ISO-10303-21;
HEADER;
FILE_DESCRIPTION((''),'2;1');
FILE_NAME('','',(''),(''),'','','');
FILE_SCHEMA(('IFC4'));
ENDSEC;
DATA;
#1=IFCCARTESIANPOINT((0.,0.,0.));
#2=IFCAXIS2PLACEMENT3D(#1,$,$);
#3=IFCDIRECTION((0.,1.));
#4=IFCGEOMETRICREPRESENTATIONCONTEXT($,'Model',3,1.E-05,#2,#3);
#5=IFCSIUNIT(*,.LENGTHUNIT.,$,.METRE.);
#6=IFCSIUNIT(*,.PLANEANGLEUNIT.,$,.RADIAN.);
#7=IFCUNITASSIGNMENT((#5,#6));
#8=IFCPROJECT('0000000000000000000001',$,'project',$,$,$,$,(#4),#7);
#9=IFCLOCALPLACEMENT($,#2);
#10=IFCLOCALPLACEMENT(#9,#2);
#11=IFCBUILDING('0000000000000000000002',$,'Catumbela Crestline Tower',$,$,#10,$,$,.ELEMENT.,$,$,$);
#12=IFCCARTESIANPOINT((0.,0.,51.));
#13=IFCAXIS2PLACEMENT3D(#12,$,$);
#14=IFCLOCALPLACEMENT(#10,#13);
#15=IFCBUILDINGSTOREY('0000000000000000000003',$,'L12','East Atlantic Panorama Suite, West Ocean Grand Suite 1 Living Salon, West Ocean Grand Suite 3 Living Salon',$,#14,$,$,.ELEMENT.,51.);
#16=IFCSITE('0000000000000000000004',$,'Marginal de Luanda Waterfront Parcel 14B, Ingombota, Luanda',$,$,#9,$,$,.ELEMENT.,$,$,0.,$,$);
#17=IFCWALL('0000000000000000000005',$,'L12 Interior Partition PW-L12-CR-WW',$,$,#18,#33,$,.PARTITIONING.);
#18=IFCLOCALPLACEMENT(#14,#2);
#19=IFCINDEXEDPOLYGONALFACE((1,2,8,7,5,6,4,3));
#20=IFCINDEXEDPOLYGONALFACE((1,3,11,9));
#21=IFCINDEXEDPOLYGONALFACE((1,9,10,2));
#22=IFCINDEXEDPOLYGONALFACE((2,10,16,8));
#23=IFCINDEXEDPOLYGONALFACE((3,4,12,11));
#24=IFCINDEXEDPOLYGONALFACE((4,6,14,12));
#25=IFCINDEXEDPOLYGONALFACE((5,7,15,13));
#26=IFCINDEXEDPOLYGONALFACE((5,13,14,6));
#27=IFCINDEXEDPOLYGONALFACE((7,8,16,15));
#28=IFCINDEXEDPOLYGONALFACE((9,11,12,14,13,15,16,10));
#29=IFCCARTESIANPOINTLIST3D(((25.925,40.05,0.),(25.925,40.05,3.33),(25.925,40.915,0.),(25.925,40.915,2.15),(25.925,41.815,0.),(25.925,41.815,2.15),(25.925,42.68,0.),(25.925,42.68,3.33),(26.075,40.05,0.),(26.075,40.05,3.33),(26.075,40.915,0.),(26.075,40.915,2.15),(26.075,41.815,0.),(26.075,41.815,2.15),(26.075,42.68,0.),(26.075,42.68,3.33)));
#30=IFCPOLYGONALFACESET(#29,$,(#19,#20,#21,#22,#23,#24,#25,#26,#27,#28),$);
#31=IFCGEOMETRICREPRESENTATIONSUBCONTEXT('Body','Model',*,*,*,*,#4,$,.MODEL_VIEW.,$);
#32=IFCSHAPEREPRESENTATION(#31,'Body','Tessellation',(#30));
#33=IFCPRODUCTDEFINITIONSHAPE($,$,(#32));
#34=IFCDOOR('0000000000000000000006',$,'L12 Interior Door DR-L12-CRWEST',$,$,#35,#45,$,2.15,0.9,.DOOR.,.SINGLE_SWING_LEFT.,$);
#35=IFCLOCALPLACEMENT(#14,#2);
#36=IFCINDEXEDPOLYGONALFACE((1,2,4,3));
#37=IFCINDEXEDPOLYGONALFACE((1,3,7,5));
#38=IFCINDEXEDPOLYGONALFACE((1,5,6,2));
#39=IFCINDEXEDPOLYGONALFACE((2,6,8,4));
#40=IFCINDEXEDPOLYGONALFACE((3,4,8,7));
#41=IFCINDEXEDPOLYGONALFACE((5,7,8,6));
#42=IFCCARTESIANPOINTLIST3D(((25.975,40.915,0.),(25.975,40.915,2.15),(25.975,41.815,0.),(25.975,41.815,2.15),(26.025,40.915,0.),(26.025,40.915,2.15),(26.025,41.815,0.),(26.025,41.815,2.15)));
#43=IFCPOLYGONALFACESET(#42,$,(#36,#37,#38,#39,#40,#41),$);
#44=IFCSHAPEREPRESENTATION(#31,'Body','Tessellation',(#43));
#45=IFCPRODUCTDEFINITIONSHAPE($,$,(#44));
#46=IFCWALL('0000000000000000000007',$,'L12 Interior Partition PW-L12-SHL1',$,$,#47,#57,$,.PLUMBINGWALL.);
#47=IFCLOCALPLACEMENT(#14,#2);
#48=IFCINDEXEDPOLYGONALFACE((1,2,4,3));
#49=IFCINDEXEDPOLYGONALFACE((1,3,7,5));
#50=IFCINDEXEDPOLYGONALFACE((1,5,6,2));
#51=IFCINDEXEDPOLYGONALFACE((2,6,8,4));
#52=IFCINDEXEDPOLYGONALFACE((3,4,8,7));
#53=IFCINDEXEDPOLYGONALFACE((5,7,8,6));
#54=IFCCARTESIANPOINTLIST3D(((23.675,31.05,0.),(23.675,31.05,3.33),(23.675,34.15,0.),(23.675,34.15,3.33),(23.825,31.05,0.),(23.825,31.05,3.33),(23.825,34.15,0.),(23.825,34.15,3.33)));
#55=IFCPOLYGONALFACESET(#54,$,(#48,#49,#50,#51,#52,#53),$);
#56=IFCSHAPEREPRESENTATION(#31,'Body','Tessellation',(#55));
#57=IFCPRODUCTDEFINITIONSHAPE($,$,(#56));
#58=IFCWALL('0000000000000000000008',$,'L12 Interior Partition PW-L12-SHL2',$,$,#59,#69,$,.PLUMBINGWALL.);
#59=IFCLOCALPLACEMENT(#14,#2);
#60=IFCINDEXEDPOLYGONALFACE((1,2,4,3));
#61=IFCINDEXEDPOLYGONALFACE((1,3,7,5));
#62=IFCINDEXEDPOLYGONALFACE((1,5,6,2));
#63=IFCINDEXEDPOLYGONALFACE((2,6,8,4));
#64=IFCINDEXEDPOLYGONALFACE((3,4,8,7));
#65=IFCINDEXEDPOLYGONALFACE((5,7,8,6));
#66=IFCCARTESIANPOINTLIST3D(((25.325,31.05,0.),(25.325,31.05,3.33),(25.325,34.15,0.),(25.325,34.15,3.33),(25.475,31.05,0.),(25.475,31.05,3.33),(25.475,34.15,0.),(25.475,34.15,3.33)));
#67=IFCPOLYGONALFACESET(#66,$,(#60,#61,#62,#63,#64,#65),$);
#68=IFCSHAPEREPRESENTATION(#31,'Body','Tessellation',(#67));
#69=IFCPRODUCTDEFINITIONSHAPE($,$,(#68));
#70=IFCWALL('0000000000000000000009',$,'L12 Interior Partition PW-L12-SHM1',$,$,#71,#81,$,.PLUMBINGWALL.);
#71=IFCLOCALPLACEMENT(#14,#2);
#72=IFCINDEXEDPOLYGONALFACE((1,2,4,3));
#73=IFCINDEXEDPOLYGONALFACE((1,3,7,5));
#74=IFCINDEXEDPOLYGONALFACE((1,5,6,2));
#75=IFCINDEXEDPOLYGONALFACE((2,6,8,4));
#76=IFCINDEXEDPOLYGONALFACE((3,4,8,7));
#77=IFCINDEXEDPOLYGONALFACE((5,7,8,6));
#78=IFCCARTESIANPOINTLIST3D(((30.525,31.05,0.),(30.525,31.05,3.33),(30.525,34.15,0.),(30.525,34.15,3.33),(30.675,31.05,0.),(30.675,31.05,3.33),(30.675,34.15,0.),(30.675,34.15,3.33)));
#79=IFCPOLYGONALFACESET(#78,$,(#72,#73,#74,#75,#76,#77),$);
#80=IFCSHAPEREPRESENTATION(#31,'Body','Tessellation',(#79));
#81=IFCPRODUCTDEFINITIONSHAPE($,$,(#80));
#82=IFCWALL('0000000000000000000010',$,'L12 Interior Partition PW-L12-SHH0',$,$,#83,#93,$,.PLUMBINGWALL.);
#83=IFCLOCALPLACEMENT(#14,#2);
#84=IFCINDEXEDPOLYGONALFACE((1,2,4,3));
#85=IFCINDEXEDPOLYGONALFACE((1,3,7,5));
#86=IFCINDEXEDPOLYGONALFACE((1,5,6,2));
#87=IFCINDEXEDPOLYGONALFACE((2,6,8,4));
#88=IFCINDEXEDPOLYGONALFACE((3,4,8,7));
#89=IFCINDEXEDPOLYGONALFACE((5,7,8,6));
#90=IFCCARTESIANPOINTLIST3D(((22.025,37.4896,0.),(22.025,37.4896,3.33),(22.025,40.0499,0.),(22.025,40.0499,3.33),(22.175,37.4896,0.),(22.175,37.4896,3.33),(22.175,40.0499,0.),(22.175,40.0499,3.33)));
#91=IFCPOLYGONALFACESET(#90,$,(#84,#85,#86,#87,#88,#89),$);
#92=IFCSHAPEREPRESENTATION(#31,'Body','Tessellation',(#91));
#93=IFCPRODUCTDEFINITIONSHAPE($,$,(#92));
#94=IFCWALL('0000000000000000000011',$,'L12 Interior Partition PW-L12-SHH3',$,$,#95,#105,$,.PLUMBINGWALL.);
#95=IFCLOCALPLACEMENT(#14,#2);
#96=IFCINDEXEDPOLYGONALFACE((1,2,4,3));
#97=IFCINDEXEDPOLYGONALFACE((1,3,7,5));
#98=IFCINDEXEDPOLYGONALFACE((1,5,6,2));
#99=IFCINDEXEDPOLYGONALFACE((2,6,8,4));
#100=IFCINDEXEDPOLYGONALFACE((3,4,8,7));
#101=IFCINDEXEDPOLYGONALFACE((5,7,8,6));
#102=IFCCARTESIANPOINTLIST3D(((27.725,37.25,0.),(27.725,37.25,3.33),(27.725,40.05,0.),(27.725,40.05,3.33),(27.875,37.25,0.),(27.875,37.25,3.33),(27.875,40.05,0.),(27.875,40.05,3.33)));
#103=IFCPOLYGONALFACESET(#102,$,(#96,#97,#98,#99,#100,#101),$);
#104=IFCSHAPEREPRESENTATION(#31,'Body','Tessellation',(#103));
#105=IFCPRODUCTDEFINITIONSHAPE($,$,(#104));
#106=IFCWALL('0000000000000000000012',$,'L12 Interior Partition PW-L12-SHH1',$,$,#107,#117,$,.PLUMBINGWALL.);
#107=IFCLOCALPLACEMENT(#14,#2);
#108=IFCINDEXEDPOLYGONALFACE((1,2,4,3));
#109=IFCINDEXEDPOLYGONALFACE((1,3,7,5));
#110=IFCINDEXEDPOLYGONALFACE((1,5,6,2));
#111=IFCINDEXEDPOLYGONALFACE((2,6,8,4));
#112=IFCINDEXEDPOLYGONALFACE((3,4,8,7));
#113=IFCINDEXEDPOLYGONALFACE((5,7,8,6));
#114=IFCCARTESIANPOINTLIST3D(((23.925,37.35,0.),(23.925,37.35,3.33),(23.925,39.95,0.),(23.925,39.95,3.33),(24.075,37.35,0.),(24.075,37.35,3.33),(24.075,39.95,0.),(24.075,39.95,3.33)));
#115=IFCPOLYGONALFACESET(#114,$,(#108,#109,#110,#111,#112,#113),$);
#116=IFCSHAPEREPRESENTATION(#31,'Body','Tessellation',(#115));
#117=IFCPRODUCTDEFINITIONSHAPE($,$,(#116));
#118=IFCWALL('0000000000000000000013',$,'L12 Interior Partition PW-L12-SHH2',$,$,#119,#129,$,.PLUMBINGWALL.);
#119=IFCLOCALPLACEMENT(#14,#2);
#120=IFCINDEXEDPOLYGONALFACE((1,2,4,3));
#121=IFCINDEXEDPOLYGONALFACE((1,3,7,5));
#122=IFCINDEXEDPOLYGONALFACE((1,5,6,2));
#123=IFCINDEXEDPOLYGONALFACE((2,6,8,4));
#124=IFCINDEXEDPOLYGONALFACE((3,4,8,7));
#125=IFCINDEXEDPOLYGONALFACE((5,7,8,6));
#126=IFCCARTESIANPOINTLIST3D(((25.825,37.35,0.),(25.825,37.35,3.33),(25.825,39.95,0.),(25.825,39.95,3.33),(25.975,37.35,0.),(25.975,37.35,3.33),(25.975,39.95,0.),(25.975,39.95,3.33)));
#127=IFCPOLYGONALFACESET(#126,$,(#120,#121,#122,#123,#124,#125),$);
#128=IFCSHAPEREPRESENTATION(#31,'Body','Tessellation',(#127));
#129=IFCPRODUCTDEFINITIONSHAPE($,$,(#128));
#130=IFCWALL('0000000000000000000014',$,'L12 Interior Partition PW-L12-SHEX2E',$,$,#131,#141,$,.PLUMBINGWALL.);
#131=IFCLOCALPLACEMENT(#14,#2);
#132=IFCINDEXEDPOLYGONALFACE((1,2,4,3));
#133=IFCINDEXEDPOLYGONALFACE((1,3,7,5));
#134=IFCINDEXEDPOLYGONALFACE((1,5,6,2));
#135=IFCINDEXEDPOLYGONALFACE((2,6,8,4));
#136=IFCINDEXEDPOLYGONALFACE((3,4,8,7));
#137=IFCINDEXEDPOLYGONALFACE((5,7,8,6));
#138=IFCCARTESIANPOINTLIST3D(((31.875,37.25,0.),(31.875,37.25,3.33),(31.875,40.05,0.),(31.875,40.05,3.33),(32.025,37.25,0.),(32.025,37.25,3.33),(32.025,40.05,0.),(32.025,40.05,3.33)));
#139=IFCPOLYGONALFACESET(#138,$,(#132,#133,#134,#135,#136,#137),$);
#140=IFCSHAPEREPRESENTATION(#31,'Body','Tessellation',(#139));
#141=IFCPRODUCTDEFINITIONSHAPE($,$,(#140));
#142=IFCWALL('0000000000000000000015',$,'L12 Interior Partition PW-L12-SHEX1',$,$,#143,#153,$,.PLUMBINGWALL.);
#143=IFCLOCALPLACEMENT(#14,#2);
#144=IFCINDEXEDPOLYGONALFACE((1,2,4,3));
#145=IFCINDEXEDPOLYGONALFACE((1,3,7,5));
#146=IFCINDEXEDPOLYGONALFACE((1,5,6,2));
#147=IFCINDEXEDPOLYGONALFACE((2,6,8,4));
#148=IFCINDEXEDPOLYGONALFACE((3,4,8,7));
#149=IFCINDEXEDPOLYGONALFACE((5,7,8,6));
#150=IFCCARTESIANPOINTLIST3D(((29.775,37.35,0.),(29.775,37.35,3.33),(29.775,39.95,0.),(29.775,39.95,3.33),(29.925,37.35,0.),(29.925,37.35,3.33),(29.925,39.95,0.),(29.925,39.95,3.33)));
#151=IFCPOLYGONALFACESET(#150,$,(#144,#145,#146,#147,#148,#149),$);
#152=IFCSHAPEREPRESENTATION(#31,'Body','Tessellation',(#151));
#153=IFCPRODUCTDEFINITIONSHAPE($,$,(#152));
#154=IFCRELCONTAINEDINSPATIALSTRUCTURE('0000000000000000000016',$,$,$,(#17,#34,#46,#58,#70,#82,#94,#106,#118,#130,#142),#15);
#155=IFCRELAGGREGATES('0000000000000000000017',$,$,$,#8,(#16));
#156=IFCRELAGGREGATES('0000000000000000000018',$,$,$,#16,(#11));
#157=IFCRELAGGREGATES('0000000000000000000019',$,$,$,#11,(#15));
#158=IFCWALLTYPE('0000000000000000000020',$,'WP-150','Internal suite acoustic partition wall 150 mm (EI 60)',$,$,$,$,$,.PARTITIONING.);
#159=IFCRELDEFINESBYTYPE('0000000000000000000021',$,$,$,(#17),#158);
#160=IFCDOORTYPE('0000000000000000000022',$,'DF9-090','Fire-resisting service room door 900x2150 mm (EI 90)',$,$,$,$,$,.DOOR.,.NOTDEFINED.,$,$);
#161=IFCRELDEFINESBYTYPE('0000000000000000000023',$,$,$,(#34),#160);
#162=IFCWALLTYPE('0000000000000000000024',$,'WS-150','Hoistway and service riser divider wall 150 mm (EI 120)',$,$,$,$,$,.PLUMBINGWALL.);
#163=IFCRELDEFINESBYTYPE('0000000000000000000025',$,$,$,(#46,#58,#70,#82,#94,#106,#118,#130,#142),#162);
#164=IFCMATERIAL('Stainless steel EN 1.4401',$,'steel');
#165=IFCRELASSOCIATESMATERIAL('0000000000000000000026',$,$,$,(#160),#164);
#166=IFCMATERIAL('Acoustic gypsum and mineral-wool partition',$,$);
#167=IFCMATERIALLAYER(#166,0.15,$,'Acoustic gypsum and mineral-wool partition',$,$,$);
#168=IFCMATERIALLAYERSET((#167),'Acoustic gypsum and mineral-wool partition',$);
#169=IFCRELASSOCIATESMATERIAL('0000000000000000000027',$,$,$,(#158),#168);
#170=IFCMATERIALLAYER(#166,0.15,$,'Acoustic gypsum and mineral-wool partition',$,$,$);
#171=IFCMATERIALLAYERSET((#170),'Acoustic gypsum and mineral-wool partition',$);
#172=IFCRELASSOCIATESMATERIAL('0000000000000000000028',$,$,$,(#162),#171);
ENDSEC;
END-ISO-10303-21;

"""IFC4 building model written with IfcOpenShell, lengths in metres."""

from ifc_helpers import new_model, si_unit, direction, frame, frame_2d, origin, place, context, subcontext, project, spatial, rectangle, extrude, material, layer, layer_set, type_object, element, fill, save


model = new_model("IFC4")

# Units and contexts
model_context = context("Model", 3, precision=1e-05, world=origin(), true_north=direction((0.0, 1.0)))
body_context = subcontext(model_context, "Body", "Model", "MODEL_VIEW")
ifc_project = project(units=[si_unit("LENGTHUNIT", "METRE"), si_unit("PLANEANGLEUNIT", "RADIAN")], contexts=[model_context])

# Site, building, storey
site_placement = place(None, origin())
site = spatial("IfcSite", under=ifc_project, at=site_placement, Name="Marginal de Luanda Waterfront Parcel 14B, Ingombota, Luanda", CompositionType="ELEMENT", RefElevation=0.0)
building_placement = place(site_placement, origin())
building = spatial("IfcBuilding", under=site, at=building_placement, Name="Catumbela Crestline Tower", CompositionType="ELEMENT")
storey_placement = place(building_placement, frame((0.0, 0.0, 51.0)))
storey = spatial("IfcBuildingStorey", under=building, at=storey_placement, Name="L12", Description="East Atlantic Panorama Suite, West Ocean Grand Suite 1 Living Salon, West Ocean Grand Suite 3 Living Salon", CompositionType="ELEMENT", Elevation=51.0)

# Shared definitions
ifc_material_1 = material(Name="Stainless steel EN 1.4401", Category="steel")

# Shared definitions
door_type_1 = type_object("IfcDoorType", Name="DF9-090", Description="Fire-resisting service room door 900x2150 mm (EI 90)", OperationType="NOTDEFINED", PredefinedType="DOOR", material=ifc_material_1)

# Wall, opening, door
ifc_material_2 = material(Name="Acoustic gypsum and mineral-wool partition")
ifc_layer_1 = layer(ifc_material_2, 0.15, Name="Acoustic gypsum and mineral-wool partition")
ifc_layer_set_1 = layer_set([ifc_layer_1], Name="Acoustic gypsum and mineral-wool partition")
wall_type_1 = type_object("IfcWallType", Name="WP-150", Description="Internal suite acoustic partition wall 150 mm (EI 60)", PredefinedType="PARTITIONING", material=ifc_layer_set_1)
wall_1_placement = place(storey_placement, frame((26.0, 40.05, 0.0), z_axis=(0.0, 0.0, 1.0), x_axis=(0.0, 1.0, 0.0)))
wall_1 = element("IfcWall", 1, at=wall_1_placement, inside=storey, type_object=wall_type_1, Name="L12 Interior Partition PW-L12-CR-WW", PredefinedType="PARTITIONING", context=body_context, shape_type="SweptSolid", body=[
    extrude(rectangle(XDim=2.63, YDim=0.15, at=frame_2d((1.315, 0.0))), origin(), (0.0, 0.0, 1.0), 3.33),
])
opening_1_placement = place(wall_1_placement, frame((0.865, 0.0, 0.0)))
opening_1 = element("IfcOpeningElement", 2, at=opening_1_placement, cuts=wall_1, PredefinedType="OPENING", context=body_context, shape_type="SweptSolid", body=[
    extrude(rectangle(XDim=0.9, YDim=2.15, at=frame_2d((0.45, 1.075))), frame((0.0, 0.085, 0.0), z_axis=(0.0, -1.0, 0.0), x_axis=(1.0, 0.0, 0.0)), (0.0, 0.0, 1.0), 0.17),
])
door_1_placement = place(opening_1_placement, origin())
door_1 = element("IfcDoor", 3, at=door_1_placement, inside=storey, type_object=door_type_1, Name="L12 Interior Door DR-L12-CRWEST", OperationType="SINGLE_SWING_LEFT", OverallHeight=2.15, OverallWidth=0.9, PredefinedType="DOOR", context=body_context, shape_type="SweptSolid", body=[
    extrude(rectangle(XDim=0.9, YDim=2.15, at=frame_2d((0.45, 1.075))), frame((0.0, 0.025, 0.0), z_axis=(0.0, -1.0, 0.0), x_axis=(1.0, 0.0, 0.0)), (0.0, 0.0, 1.0), 0.05),
])
fill(opening_1, door_1)

# Walls
ifc_layer_2 = layer(ifc_material_2, 0.15, Name="Acoustic gypsum and mineral-wool partition")
ifc_layer_set_2 = layer_set([ifc_layer_2], Name="Acoustic gypsum and mineral-wool partition")
wall_type_2 = type_object("IfcWallType", Name="WS-150", Description="Hoistway and service riser divider wall 150 mm (EI 120)", PredefinedType="PLUMBINGWALL", material=ifc_layer_set_2)
for number, where, z_axis, x_axis, name in (
    (4, (23.75, 31.05, 0.0), (0.0, 0.0, 1.0), (0.0, 1.0, 0.0), "L12 Interior Partition PW-L12-SHL1"),
    (5, (25.4, 31.05, 0.0), (0.0, 0.0, 1.0), (0.0, 1.0, 0.0), "L12 Interior Partition PW-L12-SHL2"),
    (6, (30.6, 31.05, 0.0), (0.0, 0.0, 1.0), (0.0, 1.0, 0.0), "L12 Interior Partition PW-L12-SHM1"),
):
    element("IfcWall", number, at=place(storey_placement, frame(where, z_axis=z_axis, x_axis=x_axis)), inside=storey, type_object=wall_type_2, Name=name, PredefinedType="PLUMBINGWALL", context=body_context, shape_type="SweptSolid", body=[
        extrude(rectangle(XDim=3.1, YDim=0.15, at=frame_2d((1.55, 0.0))), origin(), (0.0, 0.0, 1.0), 3.33),
    ])
wall_2_placement = place(storey_placement, frame((22.1, 37.4897, 0.0), z_axis=(0.0, 0.0, 1.0), x_axis=(0.0, 1.0, 0.0)))
element("IfcWall", 7, at=wall_2_placement, inside=storey, type_object=wall_type_2, Name="L12 Interior Partition PW-L12-SHH0", PredefinedType="PLUMBINGWALL", context=body_context, shape_type="SweptSolid", body=[
    extrude(rectangle(XDim=2.5603, YDim=0.15, at=frame_2d((1.2801, 0.0))), origin(), (0.0, 0.0, 1.0), 3.33),
])
wall_3_placement = place(storey_placement, frame((27.8, 37.25, 0.0), z_axis=(0.0, 0.0, 1.0), x_axis=(0.0, 1.0, 0.0)))
element("IfcWall", 8, at=wall_3_placement, inside=storey, type_object=wall_type_2, Name="L12 Interior Partition PW-L12-SHH3", PredefinedType="PLUMBINGWALL", context=body_context, shape_type="SweptSolid", body=[
    extrude(rectangle(XDim=2.8, YDim=0.15, at=frame_2d((1.4, 0.0))), origin(), (0.0, 0.0, 1.0), 3.33),
])
for number, where, z_axis, x_axis, name in (
    (9, (24.0, 37.35, 0.0), (0.0, 0.0, 1.0), (0.0, 1.0, 0.0), "L12 Interior Partition PW-L12-SHH1"),
    (10, (25.9, 37.35, 0.0), (0.0, 0.0, 1.0), (0.0, 1.0, 0.0), "L12 Interior Partition PW-L12-SHH2"),
):
    element("IfcWall", number, at=place(storey_placement, frame(where, z_axis=z_axis, x_axis=x_axis)), inside=storey, type_object=wall_type_2, Name=name, PredefinedType="PLUMBINGWALL", context=body_context, shape_type="SweptSolid", body=[
        extrude(rectangle(XDim=2.6, YDim=0.15, at=frame_2d((1.3, 0.0))), origin(), (0.0, 0.0, 1.0), 3.33),
    ])
wall_4_placement = place(storey_placement, frame((31.95, 37.25, 0.0), z_axis=(0.0, 0.0, 1.0), x_axis=(0.0, 1.0, 0.0)))
element("IfcWall", 11, at=wall_4_placement, inside=storey, type_object=wall_type_2, Name="L12 Interior Partition PW-L12-SHEX2E", PredefinedType="PLUMBINGWALL", context=body_context, shape_type="SweptSolid", body=[
    extrude(rectangle(XDim=2.8, YDim=0.15, at=frame_2d((1.4, 0.0))), origin(), (0.0, 0.0, 1.0), 3.33),
])
wall_5_placement = place(storey_placement, frame((29.85, 37.35, 0.0), z_axis=(0.0, 0.0, 1.0), x_axis=(0.0, 1.0, 0.0)))
element("IfcWall", 12, at=wall_5_placement, inside=storey, type_object=wall_type_2, Name="L12 Interior Partition PW-L12-SHEX1", PredefinedType="PLUMBINGWALL", context=body_context, shape_type="SweptSolid", body=[
    extrude(rectangle(XDim=2.6, YDim=0.15, at=frame_2d((1.3, 0.0))), origin(), (0.0, 0.0, 1.0), 3.33),
])

save(model, "model.ifc")
